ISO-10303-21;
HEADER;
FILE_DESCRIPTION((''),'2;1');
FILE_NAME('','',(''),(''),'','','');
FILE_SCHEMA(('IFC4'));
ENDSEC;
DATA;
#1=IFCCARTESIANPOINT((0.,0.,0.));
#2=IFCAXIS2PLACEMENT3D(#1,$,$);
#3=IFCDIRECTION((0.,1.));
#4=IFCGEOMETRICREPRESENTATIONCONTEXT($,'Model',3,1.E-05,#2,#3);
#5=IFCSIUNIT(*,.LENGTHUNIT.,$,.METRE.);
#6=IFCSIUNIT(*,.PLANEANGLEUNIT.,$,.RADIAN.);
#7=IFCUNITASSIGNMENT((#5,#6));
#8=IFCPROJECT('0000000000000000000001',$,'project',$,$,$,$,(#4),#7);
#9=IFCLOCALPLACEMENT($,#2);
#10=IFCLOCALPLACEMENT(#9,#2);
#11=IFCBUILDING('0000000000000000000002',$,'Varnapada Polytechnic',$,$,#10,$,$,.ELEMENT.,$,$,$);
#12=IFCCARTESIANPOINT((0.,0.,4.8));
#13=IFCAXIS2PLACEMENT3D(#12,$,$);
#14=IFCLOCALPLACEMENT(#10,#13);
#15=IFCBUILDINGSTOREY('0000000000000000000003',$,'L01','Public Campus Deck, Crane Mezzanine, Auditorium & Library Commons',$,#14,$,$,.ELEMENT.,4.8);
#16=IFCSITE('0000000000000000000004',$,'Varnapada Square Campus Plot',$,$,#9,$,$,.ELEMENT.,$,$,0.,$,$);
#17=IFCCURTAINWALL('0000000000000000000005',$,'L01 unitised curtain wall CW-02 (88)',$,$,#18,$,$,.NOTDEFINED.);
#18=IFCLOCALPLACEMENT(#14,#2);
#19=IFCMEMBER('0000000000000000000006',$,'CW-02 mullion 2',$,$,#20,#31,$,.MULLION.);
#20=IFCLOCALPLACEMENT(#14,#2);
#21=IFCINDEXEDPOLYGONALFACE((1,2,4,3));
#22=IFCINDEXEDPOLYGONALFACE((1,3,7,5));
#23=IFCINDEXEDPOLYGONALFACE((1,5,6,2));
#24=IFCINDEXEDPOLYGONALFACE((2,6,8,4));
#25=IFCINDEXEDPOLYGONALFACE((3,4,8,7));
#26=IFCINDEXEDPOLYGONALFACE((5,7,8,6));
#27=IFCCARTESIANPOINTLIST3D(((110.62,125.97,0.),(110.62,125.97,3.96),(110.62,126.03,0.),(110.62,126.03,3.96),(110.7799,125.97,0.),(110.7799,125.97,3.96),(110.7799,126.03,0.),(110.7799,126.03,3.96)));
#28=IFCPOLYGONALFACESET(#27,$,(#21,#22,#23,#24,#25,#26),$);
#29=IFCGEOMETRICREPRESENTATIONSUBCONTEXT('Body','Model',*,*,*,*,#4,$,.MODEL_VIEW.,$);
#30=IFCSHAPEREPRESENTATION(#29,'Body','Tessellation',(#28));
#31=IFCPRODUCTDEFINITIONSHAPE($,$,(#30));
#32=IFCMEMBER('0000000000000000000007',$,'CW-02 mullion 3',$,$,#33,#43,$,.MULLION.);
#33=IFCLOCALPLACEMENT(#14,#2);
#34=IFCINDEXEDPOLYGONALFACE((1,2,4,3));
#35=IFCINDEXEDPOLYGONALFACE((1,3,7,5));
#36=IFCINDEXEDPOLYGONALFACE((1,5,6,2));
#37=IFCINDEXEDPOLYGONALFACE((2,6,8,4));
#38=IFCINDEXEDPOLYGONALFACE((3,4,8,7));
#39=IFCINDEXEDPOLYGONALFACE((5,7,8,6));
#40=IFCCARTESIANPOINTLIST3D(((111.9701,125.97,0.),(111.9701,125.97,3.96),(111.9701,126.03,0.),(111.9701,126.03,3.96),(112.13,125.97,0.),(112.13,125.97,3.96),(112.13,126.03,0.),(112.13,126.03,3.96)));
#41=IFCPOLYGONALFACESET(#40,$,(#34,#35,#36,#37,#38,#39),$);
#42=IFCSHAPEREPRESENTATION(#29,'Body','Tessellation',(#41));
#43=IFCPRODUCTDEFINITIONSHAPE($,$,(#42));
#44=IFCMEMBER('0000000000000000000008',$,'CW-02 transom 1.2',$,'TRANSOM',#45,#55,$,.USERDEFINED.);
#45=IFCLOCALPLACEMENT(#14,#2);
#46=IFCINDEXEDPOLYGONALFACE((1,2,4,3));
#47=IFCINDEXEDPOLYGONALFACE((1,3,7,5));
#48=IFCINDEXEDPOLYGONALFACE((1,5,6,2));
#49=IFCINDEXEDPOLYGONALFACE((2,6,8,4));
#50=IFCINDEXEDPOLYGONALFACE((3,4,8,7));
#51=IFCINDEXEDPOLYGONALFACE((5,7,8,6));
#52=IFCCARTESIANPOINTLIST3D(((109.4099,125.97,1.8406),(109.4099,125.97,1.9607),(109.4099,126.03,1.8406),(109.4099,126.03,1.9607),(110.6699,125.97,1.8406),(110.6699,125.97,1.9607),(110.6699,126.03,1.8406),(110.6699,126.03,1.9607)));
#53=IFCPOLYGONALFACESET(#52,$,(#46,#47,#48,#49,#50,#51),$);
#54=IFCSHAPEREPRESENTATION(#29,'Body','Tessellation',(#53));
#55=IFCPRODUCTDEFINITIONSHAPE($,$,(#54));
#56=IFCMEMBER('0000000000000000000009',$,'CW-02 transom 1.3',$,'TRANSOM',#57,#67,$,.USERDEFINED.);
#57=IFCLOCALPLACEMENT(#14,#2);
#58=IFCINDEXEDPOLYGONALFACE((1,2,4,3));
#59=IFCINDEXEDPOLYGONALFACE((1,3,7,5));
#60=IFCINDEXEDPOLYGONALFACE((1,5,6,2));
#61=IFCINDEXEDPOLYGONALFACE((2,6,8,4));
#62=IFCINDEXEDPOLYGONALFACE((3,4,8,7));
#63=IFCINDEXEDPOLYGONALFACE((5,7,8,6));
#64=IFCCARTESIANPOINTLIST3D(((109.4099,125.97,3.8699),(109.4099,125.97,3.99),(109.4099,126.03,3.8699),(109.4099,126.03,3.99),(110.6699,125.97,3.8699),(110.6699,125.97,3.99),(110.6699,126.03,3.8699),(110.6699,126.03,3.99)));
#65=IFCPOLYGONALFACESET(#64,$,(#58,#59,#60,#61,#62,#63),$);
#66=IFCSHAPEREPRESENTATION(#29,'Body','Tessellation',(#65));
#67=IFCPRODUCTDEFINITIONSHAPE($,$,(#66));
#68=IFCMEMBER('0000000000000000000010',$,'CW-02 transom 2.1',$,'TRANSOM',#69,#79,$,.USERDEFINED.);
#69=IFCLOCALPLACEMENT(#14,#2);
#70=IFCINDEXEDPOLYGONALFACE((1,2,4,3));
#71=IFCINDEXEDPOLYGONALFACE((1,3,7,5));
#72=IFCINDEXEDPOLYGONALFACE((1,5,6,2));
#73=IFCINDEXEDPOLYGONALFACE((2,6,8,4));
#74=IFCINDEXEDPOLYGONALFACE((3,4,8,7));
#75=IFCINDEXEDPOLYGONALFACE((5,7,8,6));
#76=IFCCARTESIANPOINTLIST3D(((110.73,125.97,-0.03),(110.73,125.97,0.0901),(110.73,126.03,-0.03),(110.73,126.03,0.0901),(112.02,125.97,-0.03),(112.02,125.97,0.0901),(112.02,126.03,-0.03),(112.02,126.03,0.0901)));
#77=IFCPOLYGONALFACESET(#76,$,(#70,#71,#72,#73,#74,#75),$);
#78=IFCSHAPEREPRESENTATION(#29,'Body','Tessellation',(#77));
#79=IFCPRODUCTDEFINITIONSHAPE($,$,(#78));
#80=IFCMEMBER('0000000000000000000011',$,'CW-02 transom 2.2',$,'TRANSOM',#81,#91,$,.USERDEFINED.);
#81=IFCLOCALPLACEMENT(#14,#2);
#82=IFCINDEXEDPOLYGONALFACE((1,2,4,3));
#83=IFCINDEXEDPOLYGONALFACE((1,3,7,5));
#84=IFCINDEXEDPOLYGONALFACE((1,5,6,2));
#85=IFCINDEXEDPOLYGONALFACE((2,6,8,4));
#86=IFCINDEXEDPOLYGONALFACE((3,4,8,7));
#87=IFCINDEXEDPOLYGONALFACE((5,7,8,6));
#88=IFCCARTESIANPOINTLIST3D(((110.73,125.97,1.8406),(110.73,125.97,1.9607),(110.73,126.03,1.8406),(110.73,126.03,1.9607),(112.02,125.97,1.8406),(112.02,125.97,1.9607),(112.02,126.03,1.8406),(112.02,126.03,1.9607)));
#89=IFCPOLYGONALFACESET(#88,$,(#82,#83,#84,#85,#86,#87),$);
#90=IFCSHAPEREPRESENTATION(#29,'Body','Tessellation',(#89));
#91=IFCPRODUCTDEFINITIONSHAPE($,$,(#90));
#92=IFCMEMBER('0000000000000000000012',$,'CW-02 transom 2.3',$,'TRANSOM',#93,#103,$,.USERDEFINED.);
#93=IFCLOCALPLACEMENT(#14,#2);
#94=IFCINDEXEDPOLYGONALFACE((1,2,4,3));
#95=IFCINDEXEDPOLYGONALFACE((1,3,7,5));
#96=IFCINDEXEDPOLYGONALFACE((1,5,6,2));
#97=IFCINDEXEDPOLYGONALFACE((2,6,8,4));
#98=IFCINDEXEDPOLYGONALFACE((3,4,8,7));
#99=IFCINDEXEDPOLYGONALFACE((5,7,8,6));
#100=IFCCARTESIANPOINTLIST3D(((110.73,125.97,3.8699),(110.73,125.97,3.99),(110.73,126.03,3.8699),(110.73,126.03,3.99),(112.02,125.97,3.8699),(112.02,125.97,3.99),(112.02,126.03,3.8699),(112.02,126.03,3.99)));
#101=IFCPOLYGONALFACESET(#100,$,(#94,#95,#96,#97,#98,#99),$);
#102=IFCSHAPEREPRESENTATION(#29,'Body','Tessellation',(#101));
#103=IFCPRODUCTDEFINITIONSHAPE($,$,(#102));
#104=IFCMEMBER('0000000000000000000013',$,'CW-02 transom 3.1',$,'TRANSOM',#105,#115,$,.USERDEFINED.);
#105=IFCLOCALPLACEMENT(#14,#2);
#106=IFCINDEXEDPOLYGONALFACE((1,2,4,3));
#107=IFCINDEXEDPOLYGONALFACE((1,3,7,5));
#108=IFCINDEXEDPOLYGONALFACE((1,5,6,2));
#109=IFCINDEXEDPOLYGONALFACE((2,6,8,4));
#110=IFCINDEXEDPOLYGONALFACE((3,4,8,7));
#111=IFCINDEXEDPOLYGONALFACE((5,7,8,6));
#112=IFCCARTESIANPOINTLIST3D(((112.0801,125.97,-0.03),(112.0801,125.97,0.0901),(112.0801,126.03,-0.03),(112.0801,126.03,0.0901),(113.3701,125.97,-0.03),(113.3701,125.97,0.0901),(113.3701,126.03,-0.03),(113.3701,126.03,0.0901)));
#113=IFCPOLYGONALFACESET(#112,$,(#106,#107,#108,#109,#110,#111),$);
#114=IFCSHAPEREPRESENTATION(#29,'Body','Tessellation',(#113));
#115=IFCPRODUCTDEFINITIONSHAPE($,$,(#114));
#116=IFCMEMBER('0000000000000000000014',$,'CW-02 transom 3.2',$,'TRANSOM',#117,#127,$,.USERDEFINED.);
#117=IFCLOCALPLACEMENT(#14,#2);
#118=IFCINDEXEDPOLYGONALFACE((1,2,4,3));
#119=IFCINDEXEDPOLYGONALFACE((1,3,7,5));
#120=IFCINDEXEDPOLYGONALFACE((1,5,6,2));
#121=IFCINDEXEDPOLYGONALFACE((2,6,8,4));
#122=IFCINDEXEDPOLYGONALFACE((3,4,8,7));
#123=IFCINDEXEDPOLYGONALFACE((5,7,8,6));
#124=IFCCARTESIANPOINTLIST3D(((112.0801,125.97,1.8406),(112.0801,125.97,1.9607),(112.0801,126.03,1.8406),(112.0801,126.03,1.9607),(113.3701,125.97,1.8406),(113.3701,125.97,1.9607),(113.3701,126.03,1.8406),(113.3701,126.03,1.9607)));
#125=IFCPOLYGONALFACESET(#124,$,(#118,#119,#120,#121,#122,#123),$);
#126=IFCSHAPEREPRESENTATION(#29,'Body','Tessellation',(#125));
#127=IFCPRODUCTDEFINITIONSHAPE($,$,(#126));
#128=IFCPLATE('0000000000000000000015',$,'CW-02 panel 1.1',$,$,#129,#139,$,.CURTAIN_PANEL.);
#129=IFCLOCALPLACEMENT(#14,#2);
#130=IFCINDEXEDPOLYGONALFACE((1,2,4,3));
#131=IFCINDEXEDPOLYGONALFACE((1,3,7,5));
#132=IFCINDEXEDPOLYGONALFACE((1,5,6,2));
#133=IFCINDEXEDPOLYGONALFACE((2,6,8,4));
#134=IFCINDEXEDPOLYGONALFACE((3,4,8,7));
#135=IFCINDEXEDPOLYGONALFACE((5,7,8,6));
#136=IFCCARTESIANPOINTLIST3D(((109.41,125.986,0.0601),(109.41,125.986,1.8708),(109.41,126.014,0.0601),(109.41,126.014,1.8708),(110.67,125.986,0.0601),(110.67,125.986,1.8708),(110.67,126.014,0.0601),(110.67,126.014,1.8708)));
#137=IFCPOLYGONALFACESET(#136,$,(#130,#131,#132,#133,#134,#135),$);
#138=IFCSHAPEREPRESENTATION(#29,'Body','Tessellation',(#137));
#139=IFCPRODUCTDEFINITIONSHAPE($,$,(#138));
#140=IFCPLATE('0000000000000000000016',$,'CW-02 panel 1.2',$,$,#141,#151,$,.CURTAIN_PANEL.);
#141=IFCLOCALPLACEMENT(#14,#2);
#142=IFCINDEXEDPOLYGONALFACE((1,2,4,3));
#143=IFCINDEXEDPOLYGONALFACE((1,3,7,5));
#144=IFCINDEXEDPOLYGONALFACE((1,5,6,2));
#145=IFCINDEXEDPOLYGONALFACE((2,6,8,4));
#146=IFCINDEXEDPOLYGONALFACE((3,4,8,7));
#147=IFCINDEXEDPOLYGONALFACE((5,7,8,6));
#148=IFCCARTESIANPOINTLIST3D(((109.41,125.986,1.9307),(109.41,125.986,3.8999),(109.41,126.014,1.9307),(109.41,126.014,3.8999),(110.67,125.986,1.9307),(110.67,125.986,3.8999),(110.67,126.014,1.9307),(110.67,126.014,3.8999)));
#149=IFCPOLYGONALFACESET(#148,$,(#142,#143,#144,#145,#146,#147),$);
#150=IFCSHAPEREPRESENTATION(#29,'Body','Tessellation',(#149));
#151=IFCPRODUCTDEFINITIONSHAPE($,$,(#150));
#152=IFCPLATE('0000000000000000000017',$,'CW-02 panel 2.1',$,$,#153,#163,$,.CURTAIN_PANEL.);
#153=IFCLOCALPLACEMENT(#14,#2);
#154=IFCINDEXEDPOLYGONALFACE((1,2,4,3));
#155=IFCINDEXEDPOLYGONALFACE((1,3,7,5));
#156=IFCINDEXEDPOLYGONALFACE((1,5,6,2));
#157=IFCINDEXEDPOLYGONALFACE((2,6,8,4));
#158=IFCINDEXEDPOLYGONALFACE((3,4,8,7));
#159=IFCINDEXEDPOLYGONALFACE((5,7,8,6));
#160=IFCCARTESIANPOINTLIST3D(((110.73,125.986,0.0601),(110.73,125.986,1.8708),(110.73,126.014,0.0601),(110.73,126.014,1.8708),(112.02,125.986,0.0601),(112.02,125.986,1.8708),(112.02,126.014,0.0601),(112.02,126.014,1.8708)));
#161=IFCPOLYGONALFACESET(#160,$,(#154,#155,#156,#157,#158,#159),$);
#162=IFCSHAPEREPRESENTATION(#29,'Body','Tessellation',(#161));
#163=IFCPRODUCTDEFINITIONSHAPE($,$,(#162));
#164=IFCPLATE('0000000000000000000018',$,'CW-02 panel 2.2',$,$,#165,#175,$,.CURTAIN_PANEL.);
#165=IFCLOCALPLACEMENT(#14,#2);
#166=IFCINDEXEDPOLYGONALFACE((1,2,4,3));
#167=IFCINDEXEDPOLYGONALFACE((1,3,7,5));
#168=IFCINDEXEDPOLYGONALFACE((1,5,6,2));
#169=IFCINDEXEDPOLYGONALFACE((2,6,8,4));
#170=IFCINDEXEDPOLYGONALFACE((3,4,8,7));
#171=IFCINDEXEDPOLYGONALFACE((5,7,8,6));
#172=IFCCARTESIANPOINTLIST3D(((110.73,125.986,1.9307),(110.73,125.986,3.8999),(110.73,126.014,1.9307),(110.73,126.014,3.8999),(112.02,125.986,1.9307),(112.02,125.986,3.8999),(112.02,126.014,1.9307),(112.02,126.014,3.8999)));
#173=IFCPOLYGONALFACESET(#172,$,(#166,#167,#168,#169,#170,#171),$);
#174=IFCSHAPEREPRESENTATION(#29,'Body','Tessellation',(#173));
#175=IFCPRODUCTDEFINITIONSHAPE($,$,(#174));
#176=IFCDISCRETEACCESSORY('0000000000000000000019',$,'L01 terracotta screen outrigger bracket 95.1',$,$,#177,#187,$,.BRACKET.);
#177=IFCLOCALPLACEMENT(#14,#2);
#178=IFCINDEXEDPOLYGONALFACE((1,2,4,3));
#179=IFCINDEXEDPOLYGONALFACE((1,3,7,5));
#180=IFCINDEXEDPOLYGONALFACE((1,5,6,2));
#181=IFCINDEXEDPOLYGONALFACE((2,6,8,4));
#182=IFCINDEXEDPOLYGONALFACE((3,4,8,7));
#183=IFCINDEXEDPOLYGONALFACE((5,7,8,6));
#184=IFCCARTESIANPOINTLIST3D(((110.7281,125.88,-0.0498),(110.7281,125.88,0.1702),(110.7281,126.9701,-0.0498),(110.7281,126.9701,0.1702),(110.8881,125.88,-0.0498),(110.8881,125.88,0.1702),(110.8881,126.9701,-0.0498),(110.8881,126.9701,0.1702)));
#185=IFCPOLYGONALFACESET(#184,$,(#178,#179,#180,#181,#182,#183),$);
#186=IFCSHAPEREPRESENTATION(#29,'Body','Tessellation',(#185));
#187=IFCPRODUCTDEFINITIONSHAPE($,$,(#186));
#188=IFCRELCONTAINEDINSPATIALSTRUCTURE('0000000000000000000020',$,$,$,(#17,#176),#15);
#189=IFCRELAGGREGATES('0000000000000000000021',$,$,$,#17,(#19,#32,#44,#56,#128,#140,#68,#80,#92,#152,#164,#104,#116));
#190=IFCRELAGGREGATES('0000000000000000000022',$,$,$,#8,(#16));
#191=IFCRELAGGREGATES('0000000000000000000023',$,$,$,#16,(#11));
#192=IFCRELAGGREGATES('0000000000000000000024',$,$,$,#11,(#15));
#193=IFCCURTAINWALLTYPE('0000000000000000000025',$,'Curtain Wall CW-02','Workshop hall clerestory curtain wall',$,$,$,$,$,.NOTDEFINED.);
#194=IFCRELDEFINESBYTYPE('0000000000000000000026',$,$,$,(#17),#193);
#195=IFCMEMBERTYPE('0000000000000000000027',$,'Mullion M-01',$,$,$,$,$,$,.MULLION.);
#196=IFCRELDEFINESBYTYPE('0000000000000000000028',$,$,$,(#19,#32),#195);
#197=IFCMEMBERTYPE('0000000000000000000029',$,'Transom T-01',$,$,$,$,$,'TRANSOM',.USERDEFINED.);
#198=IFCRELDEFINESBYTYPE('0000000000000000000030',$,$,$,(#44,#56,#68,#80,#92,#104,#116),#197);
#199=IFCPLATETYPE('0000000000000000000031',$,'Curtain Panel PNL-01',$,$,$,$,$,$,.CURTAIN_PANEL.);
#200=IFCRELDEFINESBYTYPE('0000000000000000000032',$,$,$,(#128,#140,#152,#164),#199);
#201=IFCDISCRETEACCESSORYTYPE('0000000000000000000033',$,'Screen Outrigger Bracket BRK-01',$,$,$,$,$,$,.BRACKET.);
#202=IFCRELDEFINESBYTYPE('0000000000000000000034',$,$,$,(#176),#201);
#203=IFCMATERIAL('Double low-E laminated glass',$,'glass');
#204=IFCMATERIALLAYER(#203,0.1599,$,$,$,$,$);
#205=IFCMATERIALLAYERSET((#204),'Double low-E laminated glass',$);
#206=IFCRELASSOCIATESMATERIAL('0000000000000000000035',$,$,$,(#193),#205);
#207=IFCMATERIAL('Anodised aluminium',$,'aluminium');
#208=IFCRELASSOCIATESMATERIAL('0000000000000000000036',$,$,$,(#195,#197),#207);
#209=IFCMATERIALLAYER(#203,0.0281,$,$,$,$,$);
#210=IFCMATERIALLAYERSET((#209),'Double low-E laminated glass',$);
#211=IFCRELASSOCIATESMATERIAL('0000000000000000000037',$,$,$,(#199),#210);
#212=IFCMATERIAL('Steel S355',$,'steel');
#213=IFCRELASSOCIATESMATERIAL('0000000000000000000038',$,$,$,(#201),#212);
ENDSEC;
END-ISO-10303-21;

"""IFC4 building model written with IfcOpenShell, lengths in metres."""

from ifc_helpers import new_model, si_unit, direction, frame, origin, origin_2d, place, context, subcontext, project, spatial, rectangle, extrude, material, layer, layer_set, material_profile, profile_set, type_object, element, aggregate, save


model = new_model("IFC4")

# Units and contexts
model_context = context("Model", 3, precision=1e-05, world=origin(), true_north=direction((0.0, 1.0)))
body_context = subcontext(model_context, "Body", "Model", "MODEL_VIEW")
ifc_project = project(units=[si_unit("LENGTHUNIT", "METRE"), si_unit("PLANEANGLEUNIT", "RADIAN")], contexts=[model_context])

# Site, building, storey
site_placement = place(None, origin())
site = spatial("IfcSite", under=ifc_project, at=site_placement, Name="Varnapada Square Campus Plot", CompositionType="ELEMENT", RefElevation=0.0)
building_placement = place(site_placement, origin())
building = spatial("IfcBuilding", under=site, at=building_placement, Name="Varnapada Polytechnic", CompositionType="ELEMENT")
storey_placement = place(building_placement, frame((0.0, 0.0, 4.8)))
storey = spatial("IfcBuildingStorey", under=building, at=storey_placement, Name="L01", Description="Public Campus Deck, Crane Mezzanine, Auditorium & Library Commons", CompositionType="ELEMENT", Elevation=4.8)

# Curtain wall, members, plates
ifc_material_1 = material(Name="Double low-E laminated glass", Category="glass")
ifc_layer_1 = layer(ifc_material_1, 0.1599)
ifc_layer_set_1 = layer_set([ifc_layer_1], Name="Double low-E laminated glass")
curtain_wall_type = type_object("IfcCurtainWallType", Name="Curtain Wall CW-02", Description="Workshop hall clerestory curtain wall", PredefinedType="NOTDEFINED", material=ifc_layer_set_1)
curtain_wall_placement = place(storey_placement, origin())
curtain_wall = element("IfcCurtainWall", 1, at=curtain_wall_placement, inside=storey, type_object=curtain_wall_type, Name="L01 unitised curtain wall CW-02 (88)", PredefinedType="NOTDEFINED")
ifc_material_2 = material(Name="Anodised aluminium", Category="aluminium")
ifc_material_profile_1 = material_profile(ifc_material_2, rectangle(XDim=0.0601, YDim=0.1599, at=origin_2d()), Name="ALU M60x160")
ifc_profile_set_1 = profile_set([ifc_material_profile_1], Name="Anodised aluminium")
member_type_1 = type_object("IfcMemberType", Name="Mullion M-01", PredefinedType="MULLION", material=ifc_profile_set_1)
member_1_placement = place(storey_placement, frame((110.7, 126.0, 0.0), z_axis=(0.0, 0.0, 1.0), x_axis=(0.0, 1.0, 0.0)))
member_1 = element("IfcMember", 2, at=member_1_placement, type_object=member_type_1, Name="CW-02 mullion 2", PredefinedType="MULLION", context=body_context, shape_type="SweptSolid", body=[
    extrude(rectangle(XDim=0.0601, YDim=0.1599, at=origin_2d()), origin(), (0.0, 0.0, 1.0), 3.96),
])
member_2_placement = place(storey_placement, frame((112.05, 126.0, 0.0), z_axis=(0.0, 0.0, 1.0), x_axis=(0.0, 1.0, 0.0)))
member_2 = element("IfcMember", 3, at=member_2_placement, type_object=member_type_1, Name="CW-02 mullion 3", PredefinedType="MULLION", context=body_context, shape_type="SweptSolid", body=[
    extrude(rectangle(XDim=0.0601, YDim=0.1599, at=origin_2d()), origin(), (0.0, 0.0, 1.0), 3.96),
])
ifc_material_profile_2 = material_profile(ifc_material_2, rectangle(XDim=0.0601, YDim=0.1201, at=origin_2d()), Name="ALU T60x120")
ifc_profile_set_2 = profile_set([ifc_material_profile_2], Name="Anodised aluminium")
member_type_2 = type_object("IfcMemberType", Name="Transom T-01", ElementType="TRANSOM", PredefinedType="USERDEFINED", material=ifc_profile_set_2)
member_3_placement = place(storey_placement, frame((109.4099, 126.0, 1.9006), z_axis=(1.0, 0.0, 0.0), x_axis=(0.0, 1.0, 0.0)))
member_3 = element("IfcMember", 4, at=member_3_placement, type_object=member_type_2, Name="CW-02 transom 1.2", ObjectType="TRANSOM", PredefinedType="USERDEFINED", context=body_context, shape_type="SweptSolid", body=[
    extrude(rectangle(XDim=0.0601, YDim=0.1201, at=origin_2d()), origin(), (0.0, 0.0, 1.0), 1.26),
])
member_4_placement = place(storey_placement, frame((109.4099, 126.0, 3.9299), z_axis=(1.0, 0.0, 0.0), x_axis=(0.0, 1.0, 0.0)))
member_4 = element("IfcMember", 5, at=member_4_placement, type_object=member_type_2, Name="CW-02 transom 1.3", ObjectType="TRANSOM", PredefinedType="USERDEFINED", context=body_context, shape_type="SweptSolid", body=[
    extrude(rectangle(XDim=0.0601, YDim=0.1201, at=origin_2d()), origin(), (0.0, 0.0, 1.0), 1.26),
])
member_5_placement = place(storey_placement, frame((110.73, 126.0, 0.03), z_axis=(1.0, 0.0, 0.0), x_axis=(0.0, 1.0, 0.0)))
member_5 = element("IfcMember", 6, at=member_5_placement, type_object=member_type_2, Name="CW-02 transom 2.1", ObjectType="TRANSOM", PredefinedType="USERDEFINED", context=body_context, shape_type="SweptSolid", body=[
    extrude(rectangle(XDim=0.0601, YDim=0.1201, at=origin_2d()), origin(), (0.0, 0.0, 1.0), 1.29),
])
member_6_placement = place(storey_placement, frame((110.73, 126.0, 1.9006), z_axis=(1.0, 0.0, 0.0), x_axis=(0.0, 1.0, 0.0)))
member_6 = element("IfcMember", 7, at=member_6_placement, type_object=member_type_2, Name="CW-02 transom 2.2", ObjectType="TRANSOM", PredefinedType="USERDEFINED", context=body_context, shape_type="SweptSolid", body=[
    extrude(rectangle(XDim=0.0601, YDim=0.1201, at=origin_2d()), origin(), (0.0, 0.0, 1.0), 1.29),
])
member_7_placement = place(storey_placement, frame((110.73, 126.0, 3.9299), z_axis=(1.0, 0.0, 0.0), x_axis=(0.0, 1.0, 0.0)))
member_7 = element("IfcMember", 8, at=member_7_placement, type_object=member_type_2, Name="CW-02 transom 2.3", ObjectType="TRANSOM", PredefinedType="USERDEFINED", context=body_context, shape_type="SweptSolid", body=[
    extrude(rectangle(XDim=0.0601, YDim=0.1201, at=origin_2d()), origin(), (0.0, 0.0, 1.0), 1.29),
])
member_8_placement = place(storey_placement, frame((112.0801, 126.0, 0.03), z_axis=(1.0, 0.0, 0.0), x_axis=(0.0, 1.0, 0.0)))
member_8 = element("IfcMember", 9, at=member_8_placement, type_object=member_type_2, Name="CW-02 transom 3.1", ObjectType="TRANSOM", PredefinedType="USERDEFINED", context=body_context, shape_type="SweptSolid", body=[
    extrude(rectangle(XDim=0.0601, YDim=0.1201, at=origin_2d()), origin(), (0.0, 0.0, 1.0), 1.29),
])
member_9_placement = place(storey_placement, frame((112.0801, 126.0, 1.9006), z_axis=(1.0, 0.0, 0.0), x_axis=(0.0, 1.0, 0.0)))
member_9 = element("IfcMember", 10, at=member_9_placement, type_object=member_type_2, Name="CW-02 transom 3.2", ObjectType="TRANSOM", PredefinedType="USERDEFINED", context=body_context, shape_type="SweptSolid", body=[
    extrude(rectangle(XDim=0.0601, YDim=0.1201, at=origin_2d()), origin(), (0.0, 0.0, 1.0), 1.29),
])
ifc_layer_2 = layer(ifc_material_1, 0.0281)
ifc_layer_set_2 = layer_set([ifc_layer_2], Name="Double low-E laminated glass")
plate_type = type_object("IfcPlateType", Name="Curtain Panel PNL-01", PredefinedType="CURTAIN_PANEL", material=ifc_layer_set_2)
plate_1_placement = place(storey_placement, frame((110.04, 126.0, 0.0601), z_axis=(0.0, 0.0, 1.0), x_axis=(1.0, 0.0, 0.0)))
plate_1 = element("IfcPlate", 11, at=plate_1_placement, type_object=plate_type, Name="CW-02 panel 1.1", PredefinedType="CURTAIN_PANEL", context=body_context, shape_type="SweptSolid", body=[
    extrude(rectangle(XDim=1.26, YDim=0.0281, at=origin_2d()), origin(), (0.0, 0.0, 1.0), 1.8108),
])
plate_2_placement = place(storey_placement, frame((110.04, 126.0, 1.9307), z_axis=(0.0, 0.0, 1.0), x_axis=(1.0, 0.0, 0.0)))
plate_2 = element("IfcPlate", 12, at=plate_2_placement, type_object=plate_type, Name="CW-02 panel 1.2", PredefinedType="CURTAIN_PANEL", context=body_context, shape_type="SweptSolid", body=[
    extrude(rectangle(XDim=1.26, YDim=0.0281, at=origin_2d()), origin(), (0.0, 0.0, 1.0), 1.9692),
])
plate_3_placement = place(storey_placement, frame((111.375, 126.0, 0.0601), z_axis=(0.0, 0.0, 1.0), x_axis=(1.0, 0.0, 0.0)))
plate_3 = element("IfcPlate", 13, at=plate_3_placement, type_object=plate_type, Name="CW-02 panel 2.1", PredefinedType="CURTAIN_PANEL", context=body_context, shape_type="SweptSolid", body=[
    extrude(rectangle(XDim=1.29, YDim=0.0281, at=origin_2d()), origin(), (0.0, 0.0, 1.0), 1.8108),
])
plate_4_placement = place(storey_placement, frame((111.375, 126.0, 1.9307), z_axis=(0.0, 0.0, 1.0), x_axis=(1.0, 0.0, 0.0)))
plate_4 = element("IfcPlate", 14, at=plate_4_placement, type_object=plate_type, Name="CW-02 panel 2.2", PredefinedType="CURTAIN_PANEL", context=body_context, shape_type="SweptSolid", body=[
    extrude(rectangle(XDim=1.29, YDim=0.0281, at=origin_2d()), origin(), (0.0, 0.0, 1.0), 1.9692),
])
aggregate(curtain_wall, [member_1, member_2, member_3, member_4, plate_1, plate_2, member_5, member_6, member_7, plate_3, plate_4, member_8, member_9])

# Discrete accessory
ifc_material_3 = material(Name="Steel S355", Category="steel")
discrete_accessory_type = type_object("IfcDiscreteAccessoryType", Name="Screen Outrigger Bracket BRK-01", PredefinedType="BRACKET", material=ifc_material_3)
discrete_accessory_placement = place(storey_placement, frame((110.8081, 126.425, -0.0498), z_axis=(0.0, 0.0, 1.0), x_axis=(1.0, 0.0, 0.0)))
element("IfcDiscreteAccessory", 15, at=discrete_accessory_placement, inside=storey, type_object=discrete_accessory_type, Name="L01 terracotta screen outrigger bracket 95.1", PredefinedType="BRACKET", context=body_context, shape_type="SweptSolid", body=[
    extrude(rectangle(XDim=0.1599, YDim=1.0901, at=origin_2d()), origin(), (0.0, 0.0, 1.0), 0.22),
])

save(model, "model.ifc")
